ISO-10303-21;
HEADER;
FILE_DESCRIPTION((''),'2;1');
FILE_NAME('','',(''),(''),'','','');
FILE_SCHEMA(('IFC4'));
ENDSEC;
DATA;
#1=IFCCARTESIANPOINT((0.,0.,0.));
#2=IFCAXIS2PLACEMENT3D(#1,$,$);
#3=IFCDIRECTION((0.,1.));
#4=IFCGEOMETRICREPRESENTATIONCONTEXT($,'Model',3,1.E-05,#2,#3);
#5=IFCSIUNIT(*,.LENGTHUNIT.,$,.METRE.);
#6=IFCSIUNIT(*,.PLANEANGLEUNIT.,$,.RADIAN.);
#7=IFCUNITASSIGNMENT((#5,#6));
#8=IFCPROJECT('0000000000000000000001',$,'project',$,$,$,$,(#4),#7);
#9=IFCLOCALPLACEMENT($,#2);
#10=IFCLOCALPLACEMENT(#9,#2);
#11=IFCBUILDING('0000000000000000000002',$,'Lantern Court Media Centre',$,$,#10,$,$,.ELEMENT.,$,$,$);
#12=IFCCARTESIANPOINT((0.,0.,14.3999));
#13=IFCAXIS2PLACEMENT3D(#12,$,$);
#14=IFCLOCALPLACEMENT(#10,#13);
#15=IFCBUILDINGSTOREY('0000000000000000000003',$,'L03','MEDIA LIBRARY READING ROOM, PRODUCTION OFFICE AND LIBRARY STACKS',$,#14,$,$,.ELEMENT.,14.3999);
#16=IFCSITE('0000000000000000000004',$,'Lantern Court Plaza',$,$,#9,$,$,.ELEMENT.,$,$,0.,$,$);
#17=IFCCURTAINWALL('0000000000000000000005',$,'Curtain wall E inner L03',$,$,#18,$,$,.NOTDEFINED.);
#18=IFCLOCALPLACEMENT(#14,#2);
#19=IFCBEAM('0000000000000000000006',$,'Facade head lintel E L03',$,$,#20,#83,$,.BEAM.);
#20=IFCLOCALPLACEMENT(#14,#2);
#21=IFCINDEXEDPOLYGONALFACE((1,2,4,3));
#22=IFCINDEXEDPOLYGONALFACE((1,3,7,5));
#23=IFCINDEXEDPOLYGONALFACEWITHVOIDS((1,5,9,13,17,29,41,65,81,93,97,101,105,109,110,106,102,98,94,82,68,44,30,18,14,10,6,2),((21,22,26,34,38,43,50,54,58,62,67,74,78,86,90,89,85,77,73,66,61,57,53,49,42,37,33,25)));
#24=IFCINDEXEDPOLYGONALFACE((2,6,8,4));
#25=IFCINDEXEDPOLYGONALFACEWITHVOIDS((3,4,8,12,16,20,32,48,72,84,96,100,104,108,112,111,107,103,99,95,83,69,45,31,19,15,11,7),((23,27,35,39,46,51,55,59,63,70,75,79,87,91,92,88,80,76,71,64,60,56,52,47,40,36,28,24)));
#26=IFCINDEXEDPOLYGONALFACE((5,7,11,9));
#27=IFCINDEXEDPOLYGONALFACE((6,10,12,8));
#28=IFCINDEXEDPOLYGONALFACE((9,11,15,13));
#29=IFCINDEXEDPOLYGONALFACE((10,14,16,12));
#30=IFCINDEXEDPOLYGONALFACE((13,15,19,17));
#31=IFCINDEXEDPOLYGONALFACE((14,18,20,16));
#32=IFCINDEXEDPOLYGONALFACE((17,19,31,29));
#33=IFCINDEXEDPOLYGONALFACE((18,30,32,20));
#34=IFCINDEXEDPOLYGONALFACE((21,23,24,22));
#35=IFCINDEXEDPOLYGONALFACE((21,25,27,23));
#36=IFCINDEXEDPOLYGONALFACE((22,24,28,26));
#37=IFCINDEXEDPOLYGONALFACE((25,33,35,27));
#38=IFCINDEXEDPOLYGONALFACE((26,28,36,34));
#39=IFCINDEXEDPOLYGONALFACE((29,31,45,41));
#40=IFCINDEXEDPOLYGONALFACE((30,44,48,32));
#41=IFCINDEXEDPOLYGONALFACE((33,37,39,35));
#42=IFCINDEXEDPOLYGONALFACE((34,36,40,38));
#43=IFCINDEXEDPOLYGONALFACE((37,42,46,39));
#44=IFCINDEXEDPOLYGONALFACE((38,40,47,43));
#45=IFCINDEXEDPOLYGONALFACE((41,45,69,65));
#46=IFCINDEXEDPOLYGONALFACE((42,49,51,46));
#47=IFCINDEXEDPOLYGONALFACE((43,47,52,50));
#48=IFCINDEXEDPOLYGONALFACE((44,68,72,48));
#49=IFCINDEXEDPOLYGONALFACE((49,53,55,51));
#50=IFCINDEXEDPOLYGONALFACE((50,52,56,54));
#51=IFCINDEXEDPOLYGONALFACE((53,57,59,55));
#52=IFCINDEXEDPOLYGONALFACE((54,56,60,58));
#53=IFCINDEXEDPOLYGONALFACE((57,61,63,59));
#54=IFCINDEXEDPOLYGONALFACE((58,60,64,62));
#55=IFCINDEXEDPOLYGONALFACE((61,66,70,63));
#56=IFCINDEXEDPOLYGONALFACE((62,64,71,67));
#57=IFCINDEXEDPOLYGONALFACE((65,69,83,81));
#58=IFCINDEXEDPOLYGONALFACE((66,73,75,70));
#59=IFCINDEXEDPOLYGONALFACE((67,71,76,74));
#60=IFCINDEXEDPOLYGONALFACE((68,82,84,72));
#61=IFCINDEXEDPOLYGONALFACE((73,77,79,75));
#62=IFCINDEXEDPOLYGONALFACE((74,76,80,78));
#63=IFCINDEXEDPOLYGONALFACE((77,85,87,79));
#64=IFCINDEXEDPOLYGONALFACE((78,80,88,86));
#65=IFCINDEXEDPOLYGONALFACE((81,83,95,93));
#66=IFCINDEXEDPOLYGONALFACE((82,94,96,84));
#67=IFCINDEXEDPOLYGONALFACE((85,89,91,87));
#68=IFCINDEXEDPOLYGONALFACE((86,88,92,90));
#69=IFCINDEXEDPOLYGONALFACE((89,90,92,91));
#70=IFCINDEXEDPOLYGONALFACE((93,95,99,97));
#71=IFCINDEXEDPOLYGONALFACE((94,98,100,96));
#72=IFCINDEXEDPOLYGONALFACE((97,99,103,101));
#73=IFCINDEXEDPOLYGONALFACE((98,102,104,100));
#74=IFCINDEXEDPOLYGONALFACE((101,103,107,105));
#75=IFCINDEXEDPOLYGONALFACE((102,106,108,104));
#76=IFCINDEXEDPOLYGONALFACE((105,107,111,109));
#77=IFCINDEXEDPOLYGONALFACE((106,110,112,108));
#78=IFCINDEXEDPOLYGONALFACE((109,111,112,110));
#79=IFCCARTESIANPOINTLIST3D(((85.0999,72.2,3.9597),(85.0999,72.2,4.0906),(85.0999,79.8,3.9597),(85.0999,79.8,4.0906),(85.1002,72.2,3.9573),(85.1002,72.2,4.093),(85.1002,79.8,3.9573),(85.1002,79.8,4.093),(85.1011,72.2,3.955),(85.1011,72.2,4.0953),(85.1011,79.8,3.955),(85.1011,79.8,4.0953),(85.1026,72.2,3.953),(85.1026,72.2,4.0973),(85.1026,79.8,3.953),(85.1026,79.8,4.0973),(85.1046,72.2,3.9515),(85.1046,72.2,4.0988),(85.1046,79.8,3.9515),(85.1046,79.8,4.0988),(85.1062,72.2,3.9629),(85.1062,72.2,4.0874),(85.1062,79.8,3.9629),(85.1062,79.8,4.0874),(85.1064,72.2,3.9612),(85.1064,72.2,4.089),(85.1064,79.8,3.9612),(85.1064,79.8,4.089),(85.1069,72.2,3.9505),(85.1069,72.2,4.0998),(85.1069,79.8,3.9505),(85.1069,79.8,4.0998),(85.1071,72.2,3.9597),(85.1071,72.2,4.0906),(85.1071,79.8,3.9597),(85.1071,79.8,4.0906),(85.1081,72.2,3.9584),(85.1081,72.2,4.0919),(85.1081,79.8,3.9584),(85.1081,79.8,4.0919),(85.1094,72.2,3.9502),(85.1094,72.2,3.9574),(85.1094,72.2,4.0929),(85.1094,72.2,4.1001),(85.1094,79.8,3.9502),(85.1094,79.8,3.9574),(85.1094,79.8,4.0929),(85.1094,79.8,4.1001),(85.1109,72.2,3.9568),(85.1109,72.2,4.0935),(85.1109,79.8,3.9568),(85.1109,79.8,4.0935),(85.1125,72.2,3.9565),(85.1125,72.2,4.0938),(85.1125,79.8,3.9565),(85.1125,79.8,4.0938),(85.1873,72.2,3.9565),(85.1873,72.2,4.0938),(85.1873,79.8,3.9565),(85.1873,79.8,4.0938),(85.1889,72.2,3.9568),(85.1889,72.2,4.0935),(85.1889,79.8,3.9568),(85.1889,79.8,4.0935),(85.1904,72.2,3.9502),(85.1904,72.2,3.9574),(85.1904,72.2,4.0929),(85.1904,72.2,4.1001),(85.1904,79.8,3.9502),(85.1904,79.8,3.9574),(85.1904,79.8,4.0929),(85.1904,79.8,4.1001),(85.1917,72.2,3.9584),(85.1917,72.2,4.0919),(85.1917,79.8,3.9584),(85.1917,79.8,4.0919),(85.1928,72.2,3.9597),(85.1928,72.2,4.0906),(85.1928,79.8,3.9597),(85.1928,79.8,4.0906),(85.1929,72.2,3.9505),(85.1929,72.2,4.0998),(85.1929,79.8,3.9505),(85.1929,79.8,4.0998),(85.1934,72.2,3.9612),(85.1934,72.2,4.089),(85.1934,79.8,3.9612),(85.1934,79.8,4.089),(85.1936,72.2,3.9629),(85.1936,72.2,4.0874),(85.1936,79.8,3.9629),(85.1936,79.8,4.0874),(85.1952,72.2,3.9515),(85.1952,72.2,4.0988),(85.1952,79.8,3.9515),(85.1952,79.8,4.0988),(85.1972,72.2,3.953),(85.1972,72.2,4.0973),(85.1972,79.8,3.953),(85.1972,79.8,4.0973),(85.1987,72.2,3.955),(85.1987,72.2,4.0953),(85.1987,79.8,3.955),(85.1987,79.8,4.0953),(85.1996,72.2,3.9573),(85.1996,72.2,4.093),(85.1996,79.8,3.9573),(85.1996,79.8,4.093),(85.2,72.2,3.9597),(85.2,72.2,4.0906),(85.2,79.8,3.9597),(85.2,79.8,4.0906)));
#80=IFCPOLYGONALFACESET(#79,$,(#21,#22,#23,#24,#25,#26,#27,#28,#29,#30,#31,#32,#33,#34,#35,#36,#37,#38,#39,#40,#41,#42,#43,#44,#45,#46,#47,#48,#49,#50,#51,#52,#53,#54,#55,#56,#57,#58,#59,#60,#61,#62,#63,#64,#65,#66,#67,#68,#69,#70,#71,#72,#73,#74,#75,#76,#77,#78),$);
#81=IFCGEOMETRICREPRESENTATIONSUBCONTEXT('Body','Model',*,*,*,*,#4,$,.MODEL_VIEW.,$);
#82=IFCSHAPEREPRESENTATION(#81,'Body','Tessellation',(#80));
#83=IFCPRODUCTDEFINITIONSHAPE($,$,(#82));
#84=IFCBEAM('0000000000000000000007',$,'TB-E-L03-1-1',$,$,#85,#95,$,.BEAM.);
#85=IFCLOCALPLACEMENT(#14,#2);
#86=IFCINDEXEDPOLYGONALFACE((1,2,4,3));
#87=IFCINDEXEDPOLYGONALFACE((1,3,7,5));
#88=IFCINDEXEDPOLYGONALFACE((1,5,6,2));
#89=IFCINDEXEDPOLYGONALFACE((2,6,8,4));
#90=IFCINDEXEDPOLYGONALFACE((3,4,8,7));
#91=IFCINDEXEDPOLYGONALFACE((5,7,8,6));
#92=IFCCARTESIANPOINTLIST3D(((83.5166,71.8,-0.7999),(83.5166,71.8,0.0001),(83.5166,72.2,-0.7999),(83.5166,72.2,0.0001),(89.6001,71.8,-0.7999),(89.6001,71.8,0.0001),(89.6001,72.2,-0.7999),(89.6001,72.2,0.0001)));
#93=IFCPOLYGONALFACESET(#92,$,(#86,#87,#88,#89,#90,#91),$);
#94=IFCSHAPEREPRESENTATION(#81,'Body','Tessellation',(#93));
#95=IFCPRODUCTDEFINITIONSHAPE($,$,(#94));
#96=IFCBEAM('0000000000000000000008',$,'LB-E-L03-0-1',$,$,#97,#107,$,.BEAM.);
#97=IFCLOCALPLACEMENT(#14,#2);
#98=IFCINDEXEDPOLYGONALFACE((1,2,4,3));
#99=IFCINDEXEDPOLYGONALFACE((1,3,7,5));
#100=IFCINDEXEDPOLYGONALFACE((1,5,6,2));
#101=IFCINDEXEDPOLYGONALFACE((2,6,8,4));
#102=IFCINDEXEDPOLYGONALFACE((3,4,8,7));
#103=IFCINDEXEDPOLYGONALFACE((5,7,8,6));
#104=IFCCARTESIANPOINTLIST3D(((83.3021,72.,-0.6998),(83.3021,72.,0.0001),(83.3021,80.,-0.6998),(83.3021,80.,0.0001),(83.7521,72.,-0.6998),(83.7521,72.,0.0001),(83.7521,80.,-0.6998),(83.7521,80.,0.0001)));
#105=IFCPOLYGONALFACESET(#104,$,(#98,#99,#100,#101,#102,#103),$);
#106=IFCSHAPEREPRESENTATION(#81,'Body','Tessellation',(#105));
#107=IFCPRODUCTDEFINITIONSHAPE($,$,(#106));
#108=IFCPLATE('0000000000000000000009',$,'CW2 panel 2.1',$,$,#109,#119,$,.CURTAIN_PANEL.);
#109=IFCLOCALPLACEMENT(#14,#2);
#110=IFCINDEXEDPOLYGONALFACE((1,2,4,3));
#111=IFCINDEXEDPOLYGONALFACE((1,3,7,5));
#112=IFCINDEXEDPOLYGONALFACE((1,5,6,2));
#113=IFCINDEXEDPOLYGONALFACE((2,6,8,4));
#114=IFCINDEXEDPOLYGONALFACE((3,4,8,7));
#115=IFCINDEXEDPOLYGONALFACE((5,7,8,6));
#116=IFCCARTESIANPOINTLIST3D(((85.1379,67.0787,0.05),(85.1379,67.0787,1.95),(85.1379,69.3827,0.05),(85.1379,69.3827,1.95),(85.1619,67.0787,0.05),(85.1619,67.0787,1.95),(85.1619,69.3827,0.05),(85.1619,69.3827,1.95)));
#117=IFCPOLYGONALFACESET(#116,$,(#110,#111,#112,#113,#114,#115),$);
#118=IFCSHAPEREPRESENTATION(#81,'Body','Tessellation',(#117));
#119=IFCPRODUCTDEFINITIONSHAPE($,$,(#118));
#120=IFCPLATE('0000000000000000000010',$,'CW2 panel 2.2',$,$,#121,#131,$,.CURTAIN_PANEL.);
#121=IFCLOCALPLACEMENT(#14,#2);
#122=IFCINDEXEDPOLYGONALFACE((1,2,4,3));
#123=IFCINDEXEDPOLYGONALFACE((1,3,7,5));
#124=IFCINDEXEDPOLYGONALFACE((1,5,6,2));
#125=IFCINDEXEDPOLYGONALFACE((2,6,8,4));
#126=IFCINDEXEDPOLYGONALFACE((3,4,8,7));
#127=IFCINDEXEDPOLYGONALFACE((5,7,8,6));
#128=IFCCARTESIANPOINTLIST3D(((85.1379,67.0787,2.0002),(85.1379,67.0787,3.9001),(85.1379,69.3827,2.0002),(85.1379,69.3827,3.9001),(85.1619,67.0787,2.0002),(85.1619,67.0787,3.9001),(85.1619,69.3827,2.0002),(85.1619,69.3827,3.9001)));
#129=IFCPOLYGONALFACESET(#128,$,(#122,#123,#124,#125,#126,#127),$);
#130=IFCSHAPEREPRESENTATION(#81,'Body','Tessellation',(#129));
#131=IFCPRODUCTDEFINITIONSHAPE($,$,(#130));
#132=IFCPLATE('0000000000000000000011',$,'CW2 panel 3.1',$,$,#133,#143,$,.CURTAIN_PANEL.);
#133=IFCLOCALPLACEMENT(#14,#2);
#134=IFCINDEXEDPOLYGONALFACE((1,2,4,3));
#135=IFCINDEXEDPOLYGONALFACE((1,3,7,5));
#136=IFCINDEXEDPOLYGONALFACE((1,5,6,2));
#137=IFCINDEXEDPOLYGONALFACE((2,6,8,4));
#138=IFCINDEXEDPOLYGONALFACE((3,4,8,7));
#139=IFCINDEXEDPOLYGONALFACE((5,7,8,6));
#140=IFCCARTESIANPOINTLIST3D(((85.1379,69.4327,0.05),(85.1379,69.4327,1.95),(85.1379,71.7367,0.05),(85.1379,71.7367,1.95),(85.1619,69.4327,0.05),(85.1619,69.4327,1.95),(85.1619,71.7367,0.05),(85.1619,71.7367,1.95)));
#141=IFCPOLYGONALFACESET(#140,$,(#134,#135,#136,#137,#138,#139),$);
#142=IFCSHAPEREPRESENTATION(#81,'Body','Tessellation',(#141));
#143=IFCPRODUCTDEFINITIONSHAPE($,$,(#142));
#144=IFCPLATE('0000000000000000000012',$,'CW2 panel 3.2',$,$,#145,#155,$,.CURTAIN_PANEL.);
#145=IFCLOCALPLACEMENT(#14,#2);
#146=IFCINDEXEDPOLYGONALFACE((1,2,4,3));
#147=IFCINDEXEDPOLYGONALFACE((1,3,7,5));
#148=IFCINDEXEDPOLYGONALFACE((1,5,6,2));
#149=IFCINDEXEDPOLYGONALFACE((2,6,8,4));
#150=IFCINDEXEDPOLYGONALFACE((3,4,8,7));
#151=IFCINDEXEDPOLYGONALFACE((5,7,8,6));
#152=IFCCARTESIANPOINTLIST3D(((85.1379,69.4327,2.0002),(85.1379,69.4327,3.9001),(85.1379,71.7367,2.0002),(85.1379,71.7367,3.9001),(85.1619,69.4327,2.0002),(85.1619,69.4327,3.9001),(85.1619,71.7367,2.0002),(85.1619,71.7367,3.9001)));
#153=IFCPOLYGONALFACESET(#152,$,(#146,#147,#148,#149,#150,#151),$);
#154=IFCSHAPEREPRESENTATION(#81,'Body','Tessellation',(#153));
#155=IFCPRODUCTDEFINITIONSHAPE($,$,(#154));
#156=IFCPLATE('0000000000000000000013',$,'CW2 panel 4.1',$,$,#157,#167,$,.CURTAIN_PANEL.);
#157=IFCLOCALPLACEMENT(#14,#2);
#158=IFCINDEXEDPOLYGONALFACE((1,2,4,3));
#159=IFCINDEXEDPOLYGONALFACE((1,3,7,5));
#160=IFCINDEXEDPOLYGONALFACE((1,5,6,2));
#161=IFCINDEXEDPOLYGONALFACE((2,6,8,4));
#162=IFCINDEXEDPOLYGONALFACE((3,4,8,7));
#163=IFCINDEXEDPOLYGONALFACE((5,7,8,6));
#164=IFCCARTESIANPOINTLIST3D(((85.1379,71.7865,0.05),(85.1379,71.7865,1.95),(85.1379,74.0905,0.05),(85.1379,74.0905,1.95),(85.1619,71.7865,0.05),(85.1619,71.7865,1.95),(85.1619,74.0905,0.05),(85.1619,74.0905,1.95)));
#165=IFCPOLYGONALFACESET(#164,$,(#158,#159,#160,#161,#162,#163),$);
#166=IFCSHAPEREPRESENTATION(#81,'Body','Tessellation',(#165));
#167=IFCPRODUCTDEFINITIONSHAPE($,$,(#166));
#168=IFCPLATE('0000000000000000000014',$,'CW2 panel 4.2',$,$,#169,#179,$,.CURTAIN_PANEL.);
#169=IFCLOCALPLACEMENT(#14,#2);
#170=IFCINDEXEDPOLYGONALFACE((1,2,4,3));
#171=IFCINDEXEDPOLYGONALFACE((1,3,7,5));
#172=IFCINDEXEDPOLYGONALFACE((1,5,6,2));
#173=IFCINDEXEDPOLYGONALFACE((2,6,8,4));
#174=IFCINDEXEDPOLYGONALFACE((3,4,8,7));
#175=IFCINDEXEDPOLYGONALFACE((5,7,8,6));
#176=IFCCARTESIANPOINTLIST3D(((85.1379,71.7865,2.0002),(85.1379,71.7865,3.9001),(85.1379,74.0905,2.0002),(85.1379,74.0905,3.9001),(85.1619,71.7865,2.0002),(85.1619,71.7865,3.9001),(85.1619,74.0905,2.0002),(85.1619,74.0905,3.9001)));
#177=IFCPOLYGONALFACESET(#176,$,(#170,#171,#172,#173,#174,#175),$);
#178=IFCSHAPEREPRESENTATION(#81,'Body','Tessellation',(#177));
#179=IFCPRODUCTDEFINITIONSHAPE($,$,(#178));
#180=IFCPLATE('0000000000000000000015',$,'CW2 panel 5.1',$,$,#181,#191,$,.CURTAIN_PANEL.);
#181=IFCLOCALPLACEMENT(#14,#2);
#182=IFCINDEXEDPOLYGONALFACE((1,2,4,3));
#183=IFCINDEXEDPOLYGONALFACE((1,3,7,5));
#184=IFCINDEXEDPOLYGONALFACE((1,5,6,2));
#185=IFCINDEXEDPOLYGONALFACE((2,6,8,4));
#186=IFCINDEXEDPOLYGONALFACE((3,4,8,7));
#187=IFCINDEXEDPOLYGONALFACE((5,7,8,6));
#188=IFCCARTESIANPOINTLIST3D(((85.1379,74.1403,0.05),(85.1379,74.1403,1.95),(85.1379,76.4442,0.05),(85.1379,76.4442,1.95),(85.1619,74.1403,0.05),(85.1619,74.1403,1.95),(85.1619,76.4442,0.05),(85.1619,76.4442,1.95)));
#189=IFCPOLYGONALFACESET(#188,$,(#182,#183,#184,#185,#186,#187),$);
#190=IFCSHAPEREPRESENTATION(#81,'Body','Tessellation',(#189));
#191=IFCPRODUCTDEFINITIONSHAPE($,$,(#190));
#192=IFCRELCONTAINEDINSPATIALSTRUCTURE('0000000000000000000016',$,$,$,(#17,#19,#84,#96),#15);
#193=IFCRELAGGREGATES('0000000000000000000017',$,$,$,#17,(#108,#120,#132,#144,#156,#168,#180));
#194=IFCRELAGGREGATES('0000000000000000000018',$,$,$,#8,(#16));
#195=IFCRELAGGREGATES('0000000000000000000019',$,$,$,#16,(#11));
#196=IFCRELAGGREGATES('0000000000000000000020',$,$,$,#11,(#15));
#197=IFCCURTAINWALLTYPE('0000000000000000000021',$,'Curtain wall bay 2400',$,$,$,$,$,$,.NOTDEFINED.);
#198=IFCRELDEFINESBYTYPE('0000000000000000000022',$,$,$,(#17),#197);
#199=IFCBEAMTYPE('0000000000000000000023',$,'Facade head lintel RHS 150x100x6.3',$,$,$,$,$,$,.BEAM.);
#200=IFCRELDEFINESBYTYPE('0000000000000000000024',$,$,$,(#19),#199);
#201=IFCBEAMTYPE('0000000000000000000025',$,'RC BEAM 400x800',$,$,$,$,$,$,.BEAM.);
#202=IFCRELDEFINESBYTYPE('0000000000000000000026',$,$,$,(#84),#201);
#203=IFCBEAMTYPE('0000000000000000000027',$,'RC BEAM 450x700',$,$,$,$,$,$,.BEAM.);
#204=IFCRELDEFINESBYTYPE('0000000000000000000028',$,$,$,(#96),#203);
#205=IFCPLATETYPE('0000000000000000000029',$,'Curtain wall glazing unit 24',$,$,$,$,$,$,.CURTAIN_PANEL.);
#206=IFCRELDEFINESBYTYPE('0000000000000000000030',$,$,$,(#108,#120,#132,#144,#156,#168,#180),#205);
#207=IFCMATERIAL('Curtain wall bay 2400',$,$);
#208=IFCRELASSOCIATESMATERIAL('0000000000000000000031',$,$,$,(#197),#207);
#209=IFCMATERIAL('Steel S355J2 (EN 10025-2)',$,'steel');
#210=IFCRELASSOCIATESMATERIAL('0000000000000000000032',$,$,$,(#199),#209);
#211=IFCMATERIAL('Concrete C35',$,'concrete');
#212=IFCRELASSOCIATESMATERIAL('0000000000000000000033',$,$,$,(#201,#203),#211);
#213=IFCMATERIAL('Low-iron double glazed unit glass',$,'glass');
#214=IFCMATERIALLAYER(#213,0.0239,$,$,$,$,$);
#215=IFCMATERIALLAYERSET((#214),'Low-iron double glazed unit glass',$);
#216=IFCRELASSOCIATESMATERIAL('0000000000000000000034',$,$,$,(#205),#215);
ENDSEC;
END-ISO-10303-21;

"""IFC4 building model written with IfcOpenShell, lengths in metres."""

from ifc_helpers import new_model, si_unit, direction, frame, origin, origin_2d, place, context, subcontext, project, spatial, rectangle, hollow_rectangle, extrude, material, layer, layer_set, material_profile, profile_set, type_object, element, aggregate, save


model = new_model("IFC4")

# Units and contexts
model_context = context("Model", 3, precision=1e-05, world=origin(), true_north=direction((0.0, 1.0)))
body_context = subcontext(model_context, "Body", "Model", "MODEL_VIEW")
ifc_project = project(units=[si_unit("LENGTHUNIT", "METRE"), si_unit("PLANEANGLEUNIT", "RADIAN")], contexts=[model_context])

# Site, building, storey
site_placement = place(None, origin())
site = spatial("IfcSite", under=ifc_project, at=site_placement, Name="Lantern Court Plaza", CompositionType="ELEMENT", RefElevation=0.0)
building_placement = place(site_placement, origin())
building = spatial("IfcBuilding", under=site, at=building_placement, Name="Lantern Court Media Centre", CompositionType="ELEMENT")
storey_placement = place(building_placement, frame((0.0, 0.0, 14.3999)))
storey = spatial("IfcBuildingStorey", under=building, at=storey_placement, Name="L03", Description="MEDIA LIBRARY READING ROOM, PRODUCTION OFFICE AND LIBRARY STACKS", CompositionType="ELEMENT", Elevation=14.3999)

# Shared definitions
ifc_material_1 = material(Name="Concrete C35", Category="concrete")

# Curtain wall
ifc_material_2 = material(Name="Curtain wall bay 2400")
curtain_wall_type = type_object("IfcCurtainWallType", Name="Curtain wall bay 2400", PredefinedType="NOTDEFINED", material=ifc_material_2)
curtain_wall_placement = place(storey_placement, origin())
curtain_wall = element("IfcCurtainWall", 1, at=curtain_wall_placement, inside=storey, type_object=curtain_wall_type, Name="Curtain wall E inner L03", PredefinedType="NOTDEFINED")

# Beams
ifc_material_3 = material(Name="Steel S355J2 (EN 10025-2)", Category="steel")
ifc_material_profile_1 = material_profile(ifc_material_3, hollow_rectangle(XDim=0.1001, YDim=0.1499, WallThickness=0.0063, InnerFilletRadius=0.0063, OuterFilletRadius=0.0095, at=origin_2d()), Name="Facade head lintel RHS 150x100x6.3")
ifc_profile_set_1 = profile_set([ifc_material_profile_1], Name="Steel S355J2 (EN 10025-2)")
beam_type_1 = type_object("IfcBeamType", Name="Facade head lintel RHS 150x100x6.3", PredefinedType="BEAM", material=ifc_profile_set_1)
beam_1_placement = place(storey_placement, frame((85.1499, 72.2, 4.0251), z_axis=(0.0, 1.0, 0.0), x_axis=(-1.0, 0.0, 0.0)))
element("IfcBeam", 2, at=beam_1_placement, inside=storey, type_object=beam_type_1, Name="Facade head lintel E L03", PredefinedType="BEAM", context=body_context, shape_type="SweptSolid", body=[
    extrude(hollow_rectangle(XDim=0.1001, YDim=0.1499, WallThickness=0.0063, InnerFilletRadius=0.0063, OuterFilletRadius=0.0095, at=origin_2d()), origin(), (0.0, 0.0, 1.0), 7.6001),
])
ifc_material_profile_2 = material_profile(ifc_material_1, rectangle(XDim=0.3999, YDim=0.8, at=origin_2d()), Name="RC 400x800")
ifc_profile_set_2 = profile_set([ifc_material_profile_2], Name="Concrete C35")
beam_type_2 = type_object("IfcBeamType", Name="RC BEAM 400x800", PredefinedType="BEAM", material=ifc_profile_set_2)
beam_2_placement = place(storey_placement, frame((83.5166, 72.0, -0.3999), z_axis=(1.0, 0.0, 0.0), x_axis=(0.0, 1.0, 0.0)))
element("IfcBeam", 3, at=beam_2_placement, inside=storey, type_object=beam_type_2, Name="TB-E-L03-1-1", PredefinedType="BEAM", context=body_context, shape_type="SweptSolid", body=[
    extrude(rectangle(XDim=0.3999, YDim=0.8, at=origin_2d()), origin(), (0.0, 0.0, 1.0), 6.0835),
])
ifc_material_profile_3 = material_profile(ifc_material_1, rectangle(XDim=0.45, YDim=0.7, at=origin_2d()), Name="RC 450x700")
ifc_profile_set_3 = profile_set([ifc_material_profile_3], Name="Concrete C35")
beam_type_3 = type_object("IfcBeamType", Name="RC BEAM 450x700", PredefinedType="BEAM", material=ifc_profile_set_3)
beam_3_placement = place(storey_placement, frame((83.5271, 72.0, -0.3499), z_axis=(0.0, 1.0, 0.0), x_axis=(-1.0, 0.0, 0.0)))
element("IfcBeam", 4, at=beam_3_placement, inside=storey, type_object=beam_type_3, Name="LB-E-L03-0-1", PredefinedType="BEAM", context=body_context, shape_type="SweptSolid", body=[
    extrude(rectangle(XDim=0.45, YDim=0.7, at=origin_2d()), origin(), (0.0, 0.0, 1.0), 8.0),
])

# Plates
ifc_material_4 = material(Name="Low-iron double glazed unit glass", Category="glass")
ifc_layer_1 = layer(ifc_material_4, 0.0239)
ifc_layer_set_1 = layer_set([ifc_layer_1], Name="Low-iron double glazed unit glass")
plate_type = type_object("IfcPlateType", Name="Curtain wall glazing unit 24", PredefinedType="CURTAIN_PANEL", material=ifc_layer_set_1)
plate_1_placement = place(storey_placement, frame((85.1499, 68.2307, 0.05), z_axis=(0.0, 0.0, 1.0), x_axis=(0.0, 1.0, 0.0)))
plate_1 = element("IfcPlate", 5, at=plate_1_placement, type_object=plate_type, Name="CW2 panel 2.1", PredefinedType="CURTAIN_PANEL", context=body_context, shape_type="SweptSolid", body=[
    extrude(rectangle(XDim=2.304, YDim=0.0239, at=origin_2d()), origin(), (0.0, 0.0, 1.0), 1.8999),
])
plate_2_placement = place(storey_placement, frame((85.1499, 68.2307, 2.0002), z_axis=(0.0, 0.0, 1.0), x_axis=(0.0, 1.0, 0.0)))
plate_2 = element("IfcPlate", 6, at=plate_2_placement, type_object=plate_type, Name="CW2 panel 2.2", PredefinedType="CURTAIN_PANEL", context=body_context, shape_type="SweptSolid", body=[
    extrude(rectangle(XDim=2.304, YDim=0.0239, at=origin_2d()), origin(), (0.0, 0.0, 1.0), 1.8999),
])
plate_3_placement = place(storey_placement, frame((85.1499, 70.5847, 0.05), z_axis=(0.0, 0.0, 1.0), x_axis=(0.0, 1.0, 0.0)))
plate_3 = element("IfcPlate", 7, at=plate_3_placement, type_object=plate_type, Name="CW2 panel 3.1", PredefinedType="CURTAIN_PANEL", context=body_context, shape_type="SweptSolid", body=[
    extrude(rectangle(XDim=2.304, YDim=0.0239, at=origin_2d()), origin(), (0.0, 0.0, 1.0), 1.8999),
])
plate_4_placement = place(storey_placement, frame((85.1499, 70.5847, 2.0002), z_axis=(0.0, 0.0, 1.0), x_axis=(0.0, 1.0, 0.0)))
plate_4 = element("IfcPlate", 8, at=plate_4_placement, type_object=plate_type, Name="CW2 panel 3.2", PredefinedType="CURTAIN_PANEL", context=body_context, shape_type="SweptSolid", body=[
    extrude(rectangle(XDim=2.304, YDim=0.0239, at=origin_2d()), origin(), (0.0, 0.0, 1.0), 1.8999),
])
plate_5_placement = place(storey_placement, frame((85.1499, 72.9385, 0.05), z_axis=(0.0, 0.0, 1.0), x_axis=(0.0, 1.0, 0.0)))
plate_5 = element("IfcPlate", 9, at=plate_5_placement, type_object=plate_type, Name="CW2 panel 4.1", PredefinedType="CURTAIN_PANEL", context=body_context, shape_type="SweptSolid", body=[
    extrude(rectangle(XDim=2.304, YDim=0.0239, at=origin_2d()), origin(), (0.0, 0.0, 1.0), 1.8999),
])
plate_6_placement = place(storey_placement, frame((85.1499, 72.9385, 2.0002), z_axis=(0.0, 0.0, 1.0), x_axis=(0.0, 1.0, 0.0)))
plate_6 = element("IfcPlate", 10, at=plate_6_placement, type_object=plate_type, Name="CW2 panel 4.2", PredefinedType="CURTAIN_PANEL", context=body_context, shape_type="SweptSolid", body=[
    extrude(rectangle(XDim=2.304, YDim=0.0239, at=origin_2d()), origin(), (0.0, 0.0, 1.0), 1.8999),
])
plate_7_placement = place(storey_placement, frame((85.1499, 75.2922, 0.05), z_axis=(0.0, 0.0, 1.0), x_axis=(0.0, 1.0, 0.0)))
plate_7 = element("IfcPlate", 11, at=plate_7_placement, type_object=plate_type, Name="CW2 panel 5.1", PredefinedType="CURTAIN_PANEL", context=body_context, shape_type="SweptSolid", body=[
    extrude(rectangle(XDim=2.304, YDim=0.0239, at=origin_2d()), origin(), (0.0, 0.0, 1.0), 1.8999),
])
aggregate(curtain_wall, [plate_1, plate_2, plate_3, plate_4, plate_5, plate_6, plate_7])

save(model, "model.ifc")
